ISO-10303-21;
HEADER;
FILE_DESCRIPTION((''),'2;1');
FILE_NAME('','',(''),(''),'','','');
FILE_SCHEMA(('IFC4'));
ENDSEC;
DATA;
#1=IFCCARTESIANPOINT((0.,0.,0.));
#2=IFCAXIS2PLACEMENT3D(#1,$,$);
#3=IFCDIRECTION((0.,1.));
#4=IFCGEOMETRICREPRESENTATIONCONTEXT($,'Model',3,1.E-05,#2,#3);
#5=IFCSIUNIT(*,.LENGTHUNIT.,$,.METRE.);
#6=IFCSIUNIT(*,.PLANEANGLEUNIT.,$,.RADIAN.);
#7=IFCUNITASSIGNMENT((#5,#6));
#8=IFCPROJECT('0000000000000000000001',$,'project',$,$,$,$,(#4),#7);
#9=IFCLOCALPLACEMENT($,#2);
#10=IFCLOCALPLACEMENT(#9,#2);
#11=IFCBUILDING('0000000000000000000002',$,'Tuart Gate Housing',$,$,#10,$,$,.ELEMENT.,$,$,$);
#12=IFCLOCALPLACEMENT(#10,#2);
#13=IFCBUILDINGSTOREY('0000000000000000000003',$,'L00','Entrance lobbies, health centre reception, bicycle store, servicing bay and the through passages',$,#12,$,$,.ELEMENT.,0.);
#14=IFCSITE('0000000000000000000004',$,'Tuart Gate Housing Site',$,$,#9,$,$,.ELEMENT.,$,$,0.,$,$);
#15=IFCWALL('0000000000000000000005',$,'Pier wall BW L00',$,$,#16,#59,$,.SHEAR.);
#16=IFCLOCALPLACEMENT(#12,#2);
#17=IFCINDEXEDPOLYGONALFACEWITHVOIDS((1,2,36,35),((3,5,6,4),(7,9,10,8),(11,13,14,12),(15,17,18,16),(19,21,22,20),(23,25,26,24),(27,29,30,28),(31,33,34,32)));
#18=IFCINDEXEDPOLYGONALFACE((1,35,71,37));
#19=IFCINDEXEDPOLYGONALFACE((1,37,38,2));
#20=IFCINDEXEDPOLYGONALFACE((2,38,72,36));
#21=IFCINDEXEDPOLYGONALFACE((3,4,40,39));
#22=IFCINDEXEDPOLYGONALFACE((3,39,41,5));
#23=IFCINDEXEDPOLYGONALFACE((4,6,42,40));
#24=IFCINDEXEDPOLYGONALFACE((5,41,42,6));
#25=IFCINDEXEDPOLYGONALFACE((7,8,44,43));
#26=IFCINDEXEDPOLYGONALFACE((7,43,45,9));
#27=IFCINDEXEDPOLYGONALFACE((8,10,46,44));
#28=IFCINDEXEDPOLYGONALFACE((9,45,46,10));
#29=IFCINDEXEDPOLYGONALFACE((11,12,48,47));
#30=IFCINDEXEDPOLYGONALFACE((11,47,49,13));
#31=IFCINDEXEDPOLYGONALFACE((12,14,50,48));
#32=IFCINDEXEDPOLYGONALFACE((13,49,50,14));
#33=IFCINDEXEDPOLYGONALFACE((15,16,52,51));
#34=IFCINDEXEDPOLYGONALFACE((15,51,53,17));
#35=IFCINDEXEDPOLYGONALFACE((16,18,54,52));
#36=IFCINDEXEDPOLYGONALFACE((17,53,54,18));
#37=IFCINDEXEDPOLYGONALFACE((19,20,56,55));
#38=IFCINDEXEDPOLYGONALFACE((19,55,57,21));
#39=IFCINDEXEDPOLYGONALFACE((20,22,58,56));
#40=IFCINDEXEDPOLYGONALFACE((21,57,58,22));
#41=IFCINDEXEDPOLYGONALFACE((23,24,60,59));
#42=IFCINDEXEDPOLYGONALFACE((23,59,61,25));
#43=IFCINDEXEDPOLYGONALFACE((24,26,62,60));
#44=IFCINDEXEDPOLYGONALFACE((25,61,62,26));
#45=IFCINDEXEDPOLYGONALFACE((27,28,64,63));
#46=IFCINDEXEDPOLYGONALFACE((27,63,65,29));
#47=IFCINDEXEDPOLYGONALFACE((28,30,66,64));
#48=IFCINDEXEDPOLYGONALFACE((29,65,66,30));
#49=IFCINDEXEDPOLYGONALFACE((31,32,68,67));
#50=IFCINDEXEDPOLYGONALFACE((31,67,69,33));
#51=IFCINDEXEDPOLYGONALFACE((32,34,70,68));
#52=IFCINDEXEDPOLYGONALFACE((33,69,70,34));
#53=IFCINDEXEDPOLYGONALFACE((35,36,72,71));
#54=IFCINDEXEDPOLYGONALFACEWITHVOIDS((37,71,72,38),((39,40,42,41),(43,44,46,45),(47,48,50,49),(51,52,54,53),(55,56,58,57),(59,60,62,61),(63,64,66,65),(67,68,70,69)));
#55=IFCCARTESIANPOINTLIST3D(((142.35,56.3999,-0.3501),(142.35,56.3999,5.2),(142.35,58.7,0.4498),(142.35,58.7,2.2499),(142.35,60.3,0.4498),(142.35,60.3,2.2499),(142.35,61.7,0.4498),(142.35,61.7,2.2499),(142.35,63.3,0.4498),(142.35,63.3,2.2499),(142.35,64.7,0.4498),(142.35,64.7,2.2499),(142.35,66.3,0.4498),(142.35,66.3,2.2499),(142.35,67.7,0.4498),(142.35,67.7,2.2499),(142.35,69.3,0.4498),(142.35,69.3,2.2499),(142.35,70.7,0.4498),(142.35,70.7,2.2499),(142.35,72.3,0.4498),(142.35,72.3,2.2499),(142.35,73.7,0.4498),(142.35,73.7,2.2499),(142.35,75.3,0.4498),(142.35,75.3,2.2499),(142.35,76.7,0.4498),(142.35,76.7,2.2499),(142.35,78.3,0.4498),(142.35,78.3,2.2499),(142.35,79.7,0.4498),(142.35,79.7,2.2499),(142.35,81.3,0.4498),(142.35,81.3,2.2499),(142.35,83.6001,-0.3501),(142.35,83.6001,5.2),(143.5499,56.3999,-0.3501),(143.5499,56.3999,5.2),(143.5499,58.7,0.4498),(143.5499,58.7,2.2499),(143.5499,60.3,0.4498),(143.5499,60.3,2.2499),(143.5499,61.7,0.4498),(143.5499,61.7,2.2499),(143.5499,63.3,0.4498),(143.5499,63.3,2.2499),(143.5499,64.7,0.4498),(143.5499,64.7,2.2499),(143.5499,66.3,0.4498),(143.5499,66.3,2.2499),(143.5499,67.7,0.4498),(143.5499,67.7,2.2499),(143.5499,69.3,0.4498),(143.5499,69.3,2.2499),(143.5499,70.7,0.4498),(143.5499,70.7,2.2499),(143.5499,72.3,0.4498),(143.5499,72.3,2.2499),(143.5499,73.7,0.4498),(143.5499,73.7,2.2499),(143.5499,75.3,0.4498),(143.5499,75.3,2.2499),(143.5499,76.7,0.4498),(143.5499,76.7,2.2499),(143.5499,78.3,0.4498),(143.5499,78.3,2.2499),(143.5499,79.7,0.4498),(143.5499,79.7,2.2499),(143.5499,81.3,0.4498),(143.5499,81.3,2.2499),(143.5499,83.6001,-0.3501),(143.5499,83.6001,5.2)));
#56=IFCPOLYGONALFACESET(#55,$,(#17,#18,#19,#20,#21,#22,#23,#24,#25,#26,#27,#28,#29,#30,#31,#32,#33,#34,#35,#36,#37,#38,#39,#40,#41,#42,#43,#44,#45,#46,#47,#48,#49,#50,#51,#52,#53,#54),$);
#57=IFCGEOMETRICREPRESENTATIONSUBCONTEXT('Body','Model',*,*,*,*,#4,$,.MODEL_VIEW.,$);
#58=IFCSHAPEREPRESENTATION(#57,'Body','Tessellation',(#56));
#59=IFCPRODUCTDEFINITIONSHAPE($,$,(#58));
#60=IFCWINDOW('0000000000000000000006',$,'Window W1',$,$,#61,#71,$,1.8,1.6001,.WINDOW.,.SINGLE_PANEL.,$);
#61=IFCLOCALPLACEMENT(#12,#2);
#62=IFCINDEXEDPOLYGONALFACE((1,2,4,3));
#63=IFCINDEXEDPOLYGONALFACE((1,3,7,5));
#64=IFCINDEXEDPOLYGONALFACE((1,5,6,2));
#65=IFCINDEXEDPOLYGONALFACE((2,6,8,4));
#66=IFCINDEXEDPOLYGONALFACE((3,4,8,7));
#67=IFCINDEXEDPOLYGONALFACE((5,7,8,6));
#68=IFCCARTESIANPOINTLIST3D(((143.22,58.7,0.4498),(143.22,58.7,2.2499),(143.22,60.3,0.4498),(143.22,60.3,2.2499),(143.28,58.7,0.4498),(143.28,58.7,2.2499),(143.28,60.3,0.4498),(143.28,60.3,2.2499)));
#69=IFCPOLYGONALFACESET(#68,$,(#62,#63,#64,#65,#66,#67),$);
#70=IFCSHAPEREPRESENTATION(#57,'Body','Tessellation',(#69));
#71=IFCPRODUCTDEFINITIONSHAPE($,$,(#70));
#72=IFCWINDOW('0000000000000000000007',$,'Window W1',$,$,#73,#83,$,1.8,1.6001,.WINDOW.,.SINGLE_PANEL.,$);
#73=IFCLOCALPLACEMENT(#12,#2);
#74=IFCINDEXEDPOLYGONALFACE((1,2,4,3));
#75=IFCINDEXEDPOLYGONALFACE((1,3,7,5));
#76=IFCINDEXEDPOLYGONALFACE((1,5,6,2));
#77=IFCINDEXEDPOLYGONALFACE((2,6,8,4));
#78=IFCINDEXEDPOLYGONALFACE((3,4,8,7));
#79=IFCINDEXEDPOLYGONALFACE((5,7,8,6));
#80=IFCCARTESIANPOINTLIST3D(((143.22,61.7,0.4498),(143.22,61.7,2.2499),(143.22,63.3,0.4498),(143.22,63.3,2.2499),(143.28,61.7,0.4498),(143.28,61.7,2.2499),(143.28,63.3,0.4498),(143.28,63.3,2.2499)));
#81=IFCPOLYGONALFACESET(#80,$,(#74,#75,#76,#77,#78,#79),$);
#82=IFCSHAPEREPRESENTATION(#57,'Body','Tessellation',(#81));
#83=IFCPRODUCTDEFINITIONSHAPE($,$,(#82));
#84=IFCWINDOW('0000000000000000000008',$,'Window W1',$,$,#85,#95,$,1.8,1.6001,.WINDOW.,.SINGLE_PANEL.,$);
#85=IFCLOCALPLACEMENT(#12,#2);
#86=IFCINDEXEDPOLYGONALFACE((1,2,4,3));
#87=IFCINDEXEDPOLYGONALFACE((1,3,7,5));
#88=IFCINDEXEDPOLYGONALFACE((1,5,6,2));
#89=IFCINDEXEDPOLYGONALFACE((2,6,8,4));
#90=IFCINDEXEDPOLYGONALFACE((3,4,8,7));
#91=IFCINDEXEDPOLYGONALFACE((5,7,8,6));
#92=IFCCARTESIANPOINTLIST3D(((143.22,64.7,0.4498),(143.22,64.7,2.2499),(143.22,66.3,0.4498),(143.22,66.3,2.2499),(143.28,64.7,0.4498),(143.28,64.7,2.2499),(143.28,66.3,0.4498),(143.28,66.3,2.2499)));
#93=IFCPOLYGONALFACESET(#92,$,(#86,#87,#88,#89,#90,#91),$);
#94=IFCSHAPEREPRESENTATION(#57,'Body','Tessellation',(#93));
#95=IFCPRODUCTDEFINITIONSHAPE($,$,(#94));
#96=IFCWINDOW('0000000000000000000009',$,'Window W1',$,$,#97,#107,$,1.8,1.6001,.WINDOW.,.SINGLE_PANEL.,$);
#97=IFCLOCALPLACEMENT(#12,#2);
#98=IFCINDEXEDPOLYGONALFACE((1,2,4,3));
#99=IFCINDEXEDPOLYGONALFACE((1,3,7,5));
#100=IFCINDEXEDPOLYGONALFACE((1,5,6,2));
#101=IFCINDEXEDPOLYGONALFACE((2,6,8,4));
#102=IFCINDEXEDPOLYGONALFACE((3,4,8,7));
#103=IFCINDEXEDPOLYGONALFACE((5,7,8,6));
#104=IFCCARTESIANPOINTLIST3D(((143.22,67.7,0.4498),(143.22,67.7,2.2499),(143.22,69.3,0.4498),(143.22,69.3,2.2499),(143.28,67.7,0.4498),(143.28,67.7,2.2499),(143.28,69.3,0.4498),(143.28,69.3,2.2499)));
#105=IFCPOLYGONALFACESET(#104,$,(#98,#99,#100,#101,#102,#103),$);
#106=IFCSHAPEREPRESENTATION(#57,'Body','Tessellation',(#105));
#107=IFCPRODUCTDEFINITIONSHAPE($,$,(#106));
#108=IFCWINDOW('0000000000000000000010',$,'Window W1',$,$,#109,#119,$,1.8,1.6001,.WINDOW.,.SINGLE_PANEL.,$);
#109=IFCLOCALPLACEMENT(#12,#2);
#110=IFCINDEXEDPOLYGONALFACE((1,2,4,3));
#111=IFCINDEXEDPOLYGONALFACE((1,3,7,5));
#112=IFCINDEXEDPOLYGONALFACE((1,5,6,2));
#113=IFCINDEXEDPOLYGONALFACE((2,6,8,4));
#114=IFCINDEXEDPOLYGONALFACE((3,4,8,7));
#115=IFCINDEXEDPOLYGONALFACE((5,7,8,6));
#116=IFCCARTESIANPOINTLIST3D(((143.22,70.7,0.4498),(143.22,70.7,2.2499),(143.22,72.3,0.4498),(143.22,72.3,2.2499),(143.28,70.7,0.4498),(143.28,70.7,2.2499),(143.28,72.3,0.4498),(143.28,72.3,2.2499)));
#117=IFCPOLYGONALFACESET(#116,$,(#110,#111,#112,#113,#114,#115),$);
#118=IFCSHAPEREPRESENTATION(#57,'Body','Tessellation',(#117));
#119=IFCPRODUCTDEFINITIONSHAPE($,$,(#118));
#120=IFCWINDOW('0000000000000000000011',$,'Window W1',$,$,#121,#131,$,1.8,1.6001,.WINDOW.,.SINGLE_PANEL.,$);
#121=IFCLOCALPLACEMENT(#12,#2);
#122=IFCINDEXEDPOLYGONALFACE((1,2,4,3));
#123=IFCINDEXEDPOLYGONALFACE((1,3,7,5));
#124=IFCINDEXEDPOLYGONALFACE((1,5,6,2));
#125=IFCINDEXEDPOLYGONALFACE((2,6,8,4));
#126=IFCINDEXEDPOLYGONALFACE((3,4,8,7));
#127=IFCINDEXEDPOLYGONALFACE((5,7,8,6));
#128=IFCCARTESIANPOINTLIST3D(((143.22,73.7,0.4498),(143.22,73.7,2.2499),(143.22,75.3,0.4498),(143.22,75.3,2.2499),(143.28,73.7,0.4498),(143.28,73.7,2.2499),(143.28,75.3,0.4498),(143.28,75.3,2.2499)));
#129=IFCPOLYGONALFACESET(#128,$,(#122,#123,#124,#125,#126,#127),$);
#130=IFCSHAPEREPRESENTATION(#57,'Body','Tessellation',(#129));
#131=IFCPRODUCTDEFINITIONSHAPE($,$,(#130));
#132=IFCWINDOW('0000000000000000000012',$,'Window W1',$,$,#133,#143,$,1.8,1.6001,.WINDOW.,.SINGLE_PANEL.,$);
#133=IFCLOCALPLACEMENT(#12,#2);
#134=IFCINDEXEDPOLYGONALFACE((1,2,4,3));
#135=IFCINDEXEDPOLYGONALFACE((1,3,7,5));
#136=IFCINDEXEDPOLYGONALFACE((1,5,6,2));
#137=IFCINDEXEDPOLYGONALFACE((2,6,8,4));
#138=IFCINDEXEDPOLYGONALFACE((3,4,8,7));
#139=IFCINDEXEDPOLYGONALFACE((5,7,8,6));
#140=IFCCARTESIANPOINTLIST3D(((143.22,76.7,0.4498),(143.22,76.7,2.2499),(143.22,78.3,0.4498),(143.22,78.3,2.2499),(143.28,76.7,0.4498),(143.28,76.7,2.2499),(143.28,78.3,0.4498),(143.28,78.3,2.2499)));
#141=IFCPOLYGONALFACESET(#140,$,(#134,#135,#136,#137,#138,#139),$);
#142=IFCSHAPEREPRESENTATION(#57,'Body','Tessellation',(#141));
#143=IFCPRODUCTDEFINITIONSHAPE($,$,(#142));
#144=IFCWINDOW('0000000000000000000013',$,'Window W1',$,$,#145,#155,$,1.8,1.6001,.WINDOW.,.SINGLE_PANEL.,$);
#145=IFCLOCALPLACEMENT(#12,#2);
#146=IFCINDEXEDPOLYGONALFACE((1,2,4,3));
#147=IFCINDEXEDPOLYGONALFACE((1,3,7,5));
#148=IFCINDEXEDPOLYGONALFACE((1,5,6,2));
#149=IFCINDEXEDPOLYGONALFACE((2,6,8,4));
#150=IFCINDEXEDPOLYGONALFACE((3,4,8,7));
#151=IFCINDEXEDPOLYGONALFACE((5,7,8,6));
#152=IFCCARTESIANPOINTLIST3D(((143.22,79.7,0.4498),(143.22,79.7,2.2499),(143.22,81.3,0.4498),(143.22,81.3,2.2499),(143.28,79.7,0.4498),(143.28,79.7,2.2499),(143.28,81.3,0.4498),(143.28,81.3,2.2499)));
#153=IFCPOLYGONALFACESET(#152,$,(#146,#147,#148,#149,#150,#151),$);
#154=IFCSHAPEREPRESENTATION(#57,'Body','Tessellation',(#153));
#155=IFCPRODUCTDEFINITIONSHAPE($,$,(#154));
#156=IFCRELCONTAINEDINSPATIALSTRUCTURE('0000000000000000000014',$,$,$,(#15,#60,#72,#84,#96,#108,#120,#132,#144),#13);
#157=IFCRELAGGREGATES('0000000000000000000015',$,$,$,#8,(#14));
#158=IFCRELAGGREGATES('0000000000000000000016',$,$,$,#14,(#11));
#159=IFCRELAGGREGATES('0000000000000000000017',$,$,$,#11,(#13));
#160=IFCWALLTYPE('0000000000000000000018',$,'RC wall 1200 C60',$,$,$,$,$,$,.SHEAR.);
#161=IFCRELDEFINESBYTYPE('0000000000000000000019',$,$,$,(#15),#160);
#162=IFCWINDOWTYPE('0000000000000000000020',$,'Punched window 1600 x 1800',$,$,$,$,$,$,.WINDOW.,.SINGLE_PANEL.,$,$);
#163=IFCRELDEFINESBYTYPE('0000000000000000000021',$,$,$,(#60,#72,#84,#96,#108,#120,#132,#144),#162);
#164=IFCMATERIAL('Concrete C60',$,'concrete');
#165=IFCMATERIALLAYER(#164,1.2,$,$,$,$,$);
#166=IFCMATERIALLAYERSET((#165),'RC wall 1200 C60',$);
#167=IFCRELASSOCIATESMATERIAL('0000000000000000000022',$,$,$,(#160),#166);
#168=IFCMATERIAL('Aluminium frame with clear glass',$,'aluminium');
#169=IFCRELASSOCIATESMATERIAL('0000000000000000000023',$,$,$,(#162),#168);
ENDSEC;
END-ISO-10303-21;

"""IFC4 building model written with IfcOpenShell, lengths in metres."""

from ifc_helpers import new_model, si_unit, direction, frame, frame_2d, origin, place, context, subcontext, project, spatial, rectangle, extrude, material, layer, layer_set, type_object, element, fill, save


model = new_model("IFC4")

# Units and contexts
model_context = context("Model", 3, precision=1e-05, world=origin(), true_north=direction((0.0, 1.0)))
body_context = subcontext(model_context, "Body", "Model", "MODEL_VIEW")
ifc_project = project(units=[si_unit("LENGTHUNIT", "METRE"), si_unit("PLANEANGLEUNIT", "RADIAN")], contexts=[model_context])

# Site, building, storey
site_placement = place(None, origin())
site = spatial("IfcSite", under=ifc_project, at=site_placement, Name="Tuart Gate Housing Site", CompositionType="ELEMENT", RefElevation=0.0)
building_placement = place(site_placement, origin())
building = spatial("IfcBuilding", under=site, at=building_placement, Name="Tuart Gate Housing", CompositionType="ELEMENT")
storey_placement = place(building_placement, origin())
storey = spatial("IfcBuildingStorey", under=building, at=storey_placement, Name="L00", Description="Entrance lobbies, health centre reception, bicycle store, servicing bay and the through passages", CompositionType="ELEMENT", Elevation=0.0)

# Wall, openings, windows
ifc_material_1 = material(Name="Concrete C60", Category="concrete")
ifc_layer_1 = layer(ifc_material_1, 1.2)
ifc_layer_set_1 = layer_set([ifc_layer_1], Name="RC wall 1200 C60")
wall_type = type_object("IfcWallType", Name="RC wall 1200 C60", PredefinedType="SHEAR", material=ifc_layer_set_1)
wall_placement = place(storey_placement, frame((142.95, 56.3999, -0.3501), z_axis=(0.0, 0.0, 1.0), x_axis=(0.0, 1.0, 0.0)))
wall = element("IfcWall", 1, at=wall_placement, inside=storey, type_object=wall_type, Name="Pier wall BW L00", PredefinedType="SHEAR", context=body_context, shape_type="SweptSolid", body=[
    extrude(rectangle(XDim=27.2002, YDim=1.2, at=frame_2d((13.6001, 0.0))), origin(), (0.0, 0.0, 1.0), 5.55),
])
opening_1_placement = place(wall_placement, frame((2.3, 0.0, 0.8)))
opening_1 = element("IfcOpeningElement", 2, at=opening_1_placement, cuts=wall, PredefinedType="OPENING", context=body_context, shape_type="SweptSolid", body=[
    extrude(rectangle(XDim=1.6001, YDim=1.8, at=frame_2d((0.8, 0.8999))), frame((0.0, 0.6099, 0.0), z_axis=(0.0, -1.0, 0.0), x_axis=(1.0, 0.0, 0.0)), (0.0, 0.0, 1.0), 1.22),
])
opening_2_placement = place(wall_placement, frame((5.3, 0.0, 0.8)))
opening_2 = element("IfcOpeningElement", 3, at=opening_2_placement, cuts=wall, PredefinedType="OPENING", context=body_context, shape_type="SweptSolid", body=[
    extrude(rectangle(XDim=1.6001, YDim=1.8, at=frame_2d((0.8, 0.8999))), frame((0.0, 0.6099, 0.0), z_axis=(0.0, -1.0, 0.0), x_axis=(1.0, 0.0, 0.0)), (0.0, 0.0, 1.0), 1.22),
])
opening_3_placement = place(wall_placement, frame((8.3, 0.0, 0.8)))
opening_3 = element("IfcOpeningElement", 4, at=opening_3_placement, cuts=wall, PredefinedType="OPENING", context=body_context, shape_type="SweptSolid", body=[
    extrude(rectangle(XDim=1.6001, YDim=1.8, at=frame_2d((0.8, 0.8999))), frame((0.0, 0.6099, 0.0), z_axis=(0.0, -1.0, 0.0), x_axis=(1.0, 0.0, 0.0)), (0.0, 0.0, 1.0), 1.22),
])
opening_4_placement = place(wall_placement, frame((11.3, 0.0, 0.8)))
opening_4 = element("IfcOpeningElement", 5, at=opening_4_placement, cuts=wall, PredefinedType="OPENING", context=body_context, shape_type="SweptSolid", body=[
    extrude(rectangle(XDim=1.6001, YDim=1.8, at=frame_2d((0.8, 0.8999))), frame((0.0, 0.6099, 0.0), z_axis=(0.0, -1.0, 0.0), x_axis=(1.0, 0.0, 0.0)), (0.0, 0.0, 1.0), 1.22),
])
opening_5_placement = place(wall_placement, frame((14.3, 0.0, 0.8)))
opening_5 = element("IfcOpeningElement", 6, at=opening_5_placement, cuts=wall, PredefinedType="OPENING", context=body_context, shape_type="SweptSolid", body=[
    extrude(rectangle(XDim=1.6001, YDim=1.8, at=frame_2d((0.8, 0.8999))), frame((0.0, 0.6099, 0.0), z_axis=(0.0, -1.0, 0.0), x_axis=(1.0, 0.0, 0.0)), (0.0, 0.0, 1.0), 1.22),
])
opening_6_placement = place(wall_placement, frame((17.3, 0.0, 0.8)))
opening_6 = element("IfcOpeningElement", 7, at=opening_6_placement, cuts=wall, PredefinedType="OPENING", context=body_context, shape_type="SweptSolid", body=[
    extrude(rectangle(XDim=1.6001, YDim=1.8, at=frame_2d((0.8, 0.8999))), frame((0.0, 0.6099, 0.0), z_axis=(0.0, -1.0, 0.0), x_axis=(1.0, 0.0, 0.0)), (0.0, 0.0, 1.0), 1.22),
])
opening_7_placement = place(wall_placement, frame((20.3, 0.0, 0.8)))
opening_7 = element("IfcOpeningElement", 8, at=opening_7_placement, cuts=wall, PredefinedType="OPENING", context=body_context, shape_type="SweptSolid", body=[
    extrude(rectangle(XDim=1.6001, YDim=1.8, at=frame_2d((0.8, 0.8999))), frame((0.0, 0.6099, 0.0), z_axis=(0.0, -1.0, 0.0), x_axis=(1.0, 0.0, 0.0)), (0.0, 0.0, 1.0), 1.22),
])
opening_8_placement = place(wall_placement, frame((23.3, 0.0, 0.8)))
opening_8 = element("IfcOpeningElement", 9, at=opening_8_placement, cuts=wall, PredefinedType="OPENING", context=body_context, shape_type="SweptSolid", body=[
    extrude(rectangle(XDim=1.6001, YDim=1.8, at=frame_2d((0.8, 0.8999))), frame((0.0, 0.6099, 0.0), z_axis=(0.0, -1.0, 0.0), x_axis=(1.0, 0.0, 0.0)), (0.0, 0.0, 1.0), 1.22),
])
ifc_material_2 = material(Name="Aluminium frame with clear glass", Category="aluminium")
window_type = type_object("IfcWindowType", Name="Punched window 1600 x 1800", PartitioningType="SINGLE_PANEL", PredefinedType="WINDOW", material=ifc_material_2)
window_1_placement = place(opening_1_placement, origin())
window_1 = element("IfcWindow", 10, at=window_1_placement, inside=storey, type_object=window_type, Name="Window W1", OverallHeight=1.8, OverallWidth=1.6001, PartitioningType="SINGLE_PANEL", PredefinedType="WINDOW", context=body_context, shape_type="SweptSolid", body=[
    extrude(rectangle(XDim=1.6001, YDim=1.8, at=frame_2d((0.8, 0.8999))), frame((0.0, -0.27, 0.0), z_axis=(0.0, -1.0, 0.0), x_axis=(1.0, 0.0, 0.0)), (0.0, 0.0, 1.0), 0.0601),
])
fill(opening_1, window_1)
window_2_placement = place(opening_2_placement, origin())
window_2 = element("IfcWindow", 11, at=window_2_placement, inside=storey, type_object=window_type, Name="Window W1", OverallHeight=1.8, OverallWidth=1.6001, PartitioningType="SINGLE_PANEL", PredefinedType="WINDOW", context=body_context, shape_type="SweptSolid", body=[
    extrude(rectangle(XDim=1.6001, YDim=1.8, at=frame_2d((0.8, 0.8999))), frame((0.0, -0.27, 0.0), z_axis=(0.0, -1.0, 0.0), x_axis=(1.0, 0.0, 0.0)), (0.0, 0.0, 1.0), 0.0601),
])
fill(opening_2, window_2)
window_3_placement = place(opening_3_placement, origin())
window_3 = element("IfcWindow", 12, at=window_3_placement, inside=storey, type_object=window_type, Name="Window W1", OverallHeight=1.8, OverallWidth=1.6001, PartitioningType="SINGLE_PANEL", PredefinedType="WINDOW", context=body_context, shape_type="SweptSolid", body=[
    extrude(rectangle(XDim=1.6001, YDim=1.8, at=frame_2d((0.8, 0.8999))), frame((0.0, -0.27, 0.0), z_axis=(0.0, -1.0, 0.0), x_axis=(1.0, 0.0, 0.0)), (0.0, 0.0, 1.0), 0.0601),
])
fill(opening_3, window_3)
window_4_placement = place(opening_4_placement, origin())
window_4 = element("IfcWindow", 13, at=window_4_placement, inside=storey, type_object=window_type, Name="Window W1", OverallHeight=1.8, OverallWidth=1.6001, PartitioningType="SINGLE_PANEL", PredefinedType="WINDOW", context=body_context, shape_type="SweptSolid", body=[
    extrude(rectangle(XDim=1.6001, YDim=1.8, at=frame_2d((0.8, 0.8999))), frame((0.0, -0.27, 0.0), z_axis=(0.0, -1.0, 0.0), x_axis=(1.0, 0.0, 0.0)), (0.0, 0.0, 1.0), 0.0601),
])
fill(opening_4, window_4)
window_5_placement = place(opening_5_placement, origin())
window_5 = element("IfcWindow", 14, at=window_5_placement, inside=storey, type_object=window_type, Name="Window W1", OverallHeight=1.8, OverallWidth=1.6001, PartitioningType="SINGLE_PANEL", PredefinedType="WINDOW", context=body_context, shape_type="SweptSolid", body=[
    extrude(rectangle(XDim=1.6001, YDim=1.8, at=frame_2d((0.8, 0.8999))), frame((0.0, -0.27, 0.0), z_axis=(0.0, -1.0, 0.0), x_axis=(1.0, 0.0, 0.0)), (0.0, 0.0, 1.0), 0.0601),
])
fill(opening_5, window_5)
window_6_placement = place(opening_6_placement, origin())
window_6 = element("IfcWindow", 15, at=window_6_placement, inside=storey, type_object=window_type, Name="Window W1", OverallHeight=1.8, OverallWidth=1.6001, PartitioningType="SINGLE_PANEL", PredefinedType="WINDOW", context=body_context, shape_type="SweptSolid", body=[
    extrude(rectangle(XDim=1.6001, YDim=1.8, at=frame_2d((0.8, 0.8999))), frame((0.0, -0.27, 0.0), z_axis=(0.0, -1.0, 0.0), x_axis=(1.0, 0.0, 0.0)), (0.0, 0.0, 1.0), 0.0601),
])
fill(opening_6, window_6)
window_7_placement = place(opening_7_placement, origin())
window_7 = element("IfcWindow", 16, at=window_7_placement, inside=storey, type_object=window_type, Name="Window W1", OverallHeight=1.8, OverallWidth=1.6001, PartitioningType="SINGLE_PANEL", PredefinedType="WINDOW", context=body_context, shape_type="SweptSolid", body=[
    extrude(rectangle(XDim=1.6001, YDim=1.8, at=frame_2d((0.8, 0.8999))), frame((0.0, -0.27, 0.0), z_axis=(0.0, -1.0, 0.0), x_axis=(1.0, 0.0, 0.0)), (0.0, 0.0, 1.0), 0.0601),
])
fill(opening_7, window_7)
window_8_placement = place(opening_8_placement, origin())
window_8 = element("IfcWindow", 17, at=window_8_placement, inside=storey, type_object=window_type, Name="Window W1", OverallHeight=1.8, OverallWidth=1.6001, PartitioningType="SINGLE_PANEL", PredefinedType="WINDOW", context=body_context, shape_type="SweptSolid", body=[
    extrude(rectangle(XDim=1.6001, YDim=1.8, at=frame_2d((0.8, 0.8999))), frame((0.0, -0.27, 0.0), z_axis=(0.0, -1.0, 0.0), x_axis=(1.0, 0.0, 0.0)), (0.0, 0.0, 1.0), 0.0601),
])
fill(opening_8, window_8)

save(model, "model.ifc")
